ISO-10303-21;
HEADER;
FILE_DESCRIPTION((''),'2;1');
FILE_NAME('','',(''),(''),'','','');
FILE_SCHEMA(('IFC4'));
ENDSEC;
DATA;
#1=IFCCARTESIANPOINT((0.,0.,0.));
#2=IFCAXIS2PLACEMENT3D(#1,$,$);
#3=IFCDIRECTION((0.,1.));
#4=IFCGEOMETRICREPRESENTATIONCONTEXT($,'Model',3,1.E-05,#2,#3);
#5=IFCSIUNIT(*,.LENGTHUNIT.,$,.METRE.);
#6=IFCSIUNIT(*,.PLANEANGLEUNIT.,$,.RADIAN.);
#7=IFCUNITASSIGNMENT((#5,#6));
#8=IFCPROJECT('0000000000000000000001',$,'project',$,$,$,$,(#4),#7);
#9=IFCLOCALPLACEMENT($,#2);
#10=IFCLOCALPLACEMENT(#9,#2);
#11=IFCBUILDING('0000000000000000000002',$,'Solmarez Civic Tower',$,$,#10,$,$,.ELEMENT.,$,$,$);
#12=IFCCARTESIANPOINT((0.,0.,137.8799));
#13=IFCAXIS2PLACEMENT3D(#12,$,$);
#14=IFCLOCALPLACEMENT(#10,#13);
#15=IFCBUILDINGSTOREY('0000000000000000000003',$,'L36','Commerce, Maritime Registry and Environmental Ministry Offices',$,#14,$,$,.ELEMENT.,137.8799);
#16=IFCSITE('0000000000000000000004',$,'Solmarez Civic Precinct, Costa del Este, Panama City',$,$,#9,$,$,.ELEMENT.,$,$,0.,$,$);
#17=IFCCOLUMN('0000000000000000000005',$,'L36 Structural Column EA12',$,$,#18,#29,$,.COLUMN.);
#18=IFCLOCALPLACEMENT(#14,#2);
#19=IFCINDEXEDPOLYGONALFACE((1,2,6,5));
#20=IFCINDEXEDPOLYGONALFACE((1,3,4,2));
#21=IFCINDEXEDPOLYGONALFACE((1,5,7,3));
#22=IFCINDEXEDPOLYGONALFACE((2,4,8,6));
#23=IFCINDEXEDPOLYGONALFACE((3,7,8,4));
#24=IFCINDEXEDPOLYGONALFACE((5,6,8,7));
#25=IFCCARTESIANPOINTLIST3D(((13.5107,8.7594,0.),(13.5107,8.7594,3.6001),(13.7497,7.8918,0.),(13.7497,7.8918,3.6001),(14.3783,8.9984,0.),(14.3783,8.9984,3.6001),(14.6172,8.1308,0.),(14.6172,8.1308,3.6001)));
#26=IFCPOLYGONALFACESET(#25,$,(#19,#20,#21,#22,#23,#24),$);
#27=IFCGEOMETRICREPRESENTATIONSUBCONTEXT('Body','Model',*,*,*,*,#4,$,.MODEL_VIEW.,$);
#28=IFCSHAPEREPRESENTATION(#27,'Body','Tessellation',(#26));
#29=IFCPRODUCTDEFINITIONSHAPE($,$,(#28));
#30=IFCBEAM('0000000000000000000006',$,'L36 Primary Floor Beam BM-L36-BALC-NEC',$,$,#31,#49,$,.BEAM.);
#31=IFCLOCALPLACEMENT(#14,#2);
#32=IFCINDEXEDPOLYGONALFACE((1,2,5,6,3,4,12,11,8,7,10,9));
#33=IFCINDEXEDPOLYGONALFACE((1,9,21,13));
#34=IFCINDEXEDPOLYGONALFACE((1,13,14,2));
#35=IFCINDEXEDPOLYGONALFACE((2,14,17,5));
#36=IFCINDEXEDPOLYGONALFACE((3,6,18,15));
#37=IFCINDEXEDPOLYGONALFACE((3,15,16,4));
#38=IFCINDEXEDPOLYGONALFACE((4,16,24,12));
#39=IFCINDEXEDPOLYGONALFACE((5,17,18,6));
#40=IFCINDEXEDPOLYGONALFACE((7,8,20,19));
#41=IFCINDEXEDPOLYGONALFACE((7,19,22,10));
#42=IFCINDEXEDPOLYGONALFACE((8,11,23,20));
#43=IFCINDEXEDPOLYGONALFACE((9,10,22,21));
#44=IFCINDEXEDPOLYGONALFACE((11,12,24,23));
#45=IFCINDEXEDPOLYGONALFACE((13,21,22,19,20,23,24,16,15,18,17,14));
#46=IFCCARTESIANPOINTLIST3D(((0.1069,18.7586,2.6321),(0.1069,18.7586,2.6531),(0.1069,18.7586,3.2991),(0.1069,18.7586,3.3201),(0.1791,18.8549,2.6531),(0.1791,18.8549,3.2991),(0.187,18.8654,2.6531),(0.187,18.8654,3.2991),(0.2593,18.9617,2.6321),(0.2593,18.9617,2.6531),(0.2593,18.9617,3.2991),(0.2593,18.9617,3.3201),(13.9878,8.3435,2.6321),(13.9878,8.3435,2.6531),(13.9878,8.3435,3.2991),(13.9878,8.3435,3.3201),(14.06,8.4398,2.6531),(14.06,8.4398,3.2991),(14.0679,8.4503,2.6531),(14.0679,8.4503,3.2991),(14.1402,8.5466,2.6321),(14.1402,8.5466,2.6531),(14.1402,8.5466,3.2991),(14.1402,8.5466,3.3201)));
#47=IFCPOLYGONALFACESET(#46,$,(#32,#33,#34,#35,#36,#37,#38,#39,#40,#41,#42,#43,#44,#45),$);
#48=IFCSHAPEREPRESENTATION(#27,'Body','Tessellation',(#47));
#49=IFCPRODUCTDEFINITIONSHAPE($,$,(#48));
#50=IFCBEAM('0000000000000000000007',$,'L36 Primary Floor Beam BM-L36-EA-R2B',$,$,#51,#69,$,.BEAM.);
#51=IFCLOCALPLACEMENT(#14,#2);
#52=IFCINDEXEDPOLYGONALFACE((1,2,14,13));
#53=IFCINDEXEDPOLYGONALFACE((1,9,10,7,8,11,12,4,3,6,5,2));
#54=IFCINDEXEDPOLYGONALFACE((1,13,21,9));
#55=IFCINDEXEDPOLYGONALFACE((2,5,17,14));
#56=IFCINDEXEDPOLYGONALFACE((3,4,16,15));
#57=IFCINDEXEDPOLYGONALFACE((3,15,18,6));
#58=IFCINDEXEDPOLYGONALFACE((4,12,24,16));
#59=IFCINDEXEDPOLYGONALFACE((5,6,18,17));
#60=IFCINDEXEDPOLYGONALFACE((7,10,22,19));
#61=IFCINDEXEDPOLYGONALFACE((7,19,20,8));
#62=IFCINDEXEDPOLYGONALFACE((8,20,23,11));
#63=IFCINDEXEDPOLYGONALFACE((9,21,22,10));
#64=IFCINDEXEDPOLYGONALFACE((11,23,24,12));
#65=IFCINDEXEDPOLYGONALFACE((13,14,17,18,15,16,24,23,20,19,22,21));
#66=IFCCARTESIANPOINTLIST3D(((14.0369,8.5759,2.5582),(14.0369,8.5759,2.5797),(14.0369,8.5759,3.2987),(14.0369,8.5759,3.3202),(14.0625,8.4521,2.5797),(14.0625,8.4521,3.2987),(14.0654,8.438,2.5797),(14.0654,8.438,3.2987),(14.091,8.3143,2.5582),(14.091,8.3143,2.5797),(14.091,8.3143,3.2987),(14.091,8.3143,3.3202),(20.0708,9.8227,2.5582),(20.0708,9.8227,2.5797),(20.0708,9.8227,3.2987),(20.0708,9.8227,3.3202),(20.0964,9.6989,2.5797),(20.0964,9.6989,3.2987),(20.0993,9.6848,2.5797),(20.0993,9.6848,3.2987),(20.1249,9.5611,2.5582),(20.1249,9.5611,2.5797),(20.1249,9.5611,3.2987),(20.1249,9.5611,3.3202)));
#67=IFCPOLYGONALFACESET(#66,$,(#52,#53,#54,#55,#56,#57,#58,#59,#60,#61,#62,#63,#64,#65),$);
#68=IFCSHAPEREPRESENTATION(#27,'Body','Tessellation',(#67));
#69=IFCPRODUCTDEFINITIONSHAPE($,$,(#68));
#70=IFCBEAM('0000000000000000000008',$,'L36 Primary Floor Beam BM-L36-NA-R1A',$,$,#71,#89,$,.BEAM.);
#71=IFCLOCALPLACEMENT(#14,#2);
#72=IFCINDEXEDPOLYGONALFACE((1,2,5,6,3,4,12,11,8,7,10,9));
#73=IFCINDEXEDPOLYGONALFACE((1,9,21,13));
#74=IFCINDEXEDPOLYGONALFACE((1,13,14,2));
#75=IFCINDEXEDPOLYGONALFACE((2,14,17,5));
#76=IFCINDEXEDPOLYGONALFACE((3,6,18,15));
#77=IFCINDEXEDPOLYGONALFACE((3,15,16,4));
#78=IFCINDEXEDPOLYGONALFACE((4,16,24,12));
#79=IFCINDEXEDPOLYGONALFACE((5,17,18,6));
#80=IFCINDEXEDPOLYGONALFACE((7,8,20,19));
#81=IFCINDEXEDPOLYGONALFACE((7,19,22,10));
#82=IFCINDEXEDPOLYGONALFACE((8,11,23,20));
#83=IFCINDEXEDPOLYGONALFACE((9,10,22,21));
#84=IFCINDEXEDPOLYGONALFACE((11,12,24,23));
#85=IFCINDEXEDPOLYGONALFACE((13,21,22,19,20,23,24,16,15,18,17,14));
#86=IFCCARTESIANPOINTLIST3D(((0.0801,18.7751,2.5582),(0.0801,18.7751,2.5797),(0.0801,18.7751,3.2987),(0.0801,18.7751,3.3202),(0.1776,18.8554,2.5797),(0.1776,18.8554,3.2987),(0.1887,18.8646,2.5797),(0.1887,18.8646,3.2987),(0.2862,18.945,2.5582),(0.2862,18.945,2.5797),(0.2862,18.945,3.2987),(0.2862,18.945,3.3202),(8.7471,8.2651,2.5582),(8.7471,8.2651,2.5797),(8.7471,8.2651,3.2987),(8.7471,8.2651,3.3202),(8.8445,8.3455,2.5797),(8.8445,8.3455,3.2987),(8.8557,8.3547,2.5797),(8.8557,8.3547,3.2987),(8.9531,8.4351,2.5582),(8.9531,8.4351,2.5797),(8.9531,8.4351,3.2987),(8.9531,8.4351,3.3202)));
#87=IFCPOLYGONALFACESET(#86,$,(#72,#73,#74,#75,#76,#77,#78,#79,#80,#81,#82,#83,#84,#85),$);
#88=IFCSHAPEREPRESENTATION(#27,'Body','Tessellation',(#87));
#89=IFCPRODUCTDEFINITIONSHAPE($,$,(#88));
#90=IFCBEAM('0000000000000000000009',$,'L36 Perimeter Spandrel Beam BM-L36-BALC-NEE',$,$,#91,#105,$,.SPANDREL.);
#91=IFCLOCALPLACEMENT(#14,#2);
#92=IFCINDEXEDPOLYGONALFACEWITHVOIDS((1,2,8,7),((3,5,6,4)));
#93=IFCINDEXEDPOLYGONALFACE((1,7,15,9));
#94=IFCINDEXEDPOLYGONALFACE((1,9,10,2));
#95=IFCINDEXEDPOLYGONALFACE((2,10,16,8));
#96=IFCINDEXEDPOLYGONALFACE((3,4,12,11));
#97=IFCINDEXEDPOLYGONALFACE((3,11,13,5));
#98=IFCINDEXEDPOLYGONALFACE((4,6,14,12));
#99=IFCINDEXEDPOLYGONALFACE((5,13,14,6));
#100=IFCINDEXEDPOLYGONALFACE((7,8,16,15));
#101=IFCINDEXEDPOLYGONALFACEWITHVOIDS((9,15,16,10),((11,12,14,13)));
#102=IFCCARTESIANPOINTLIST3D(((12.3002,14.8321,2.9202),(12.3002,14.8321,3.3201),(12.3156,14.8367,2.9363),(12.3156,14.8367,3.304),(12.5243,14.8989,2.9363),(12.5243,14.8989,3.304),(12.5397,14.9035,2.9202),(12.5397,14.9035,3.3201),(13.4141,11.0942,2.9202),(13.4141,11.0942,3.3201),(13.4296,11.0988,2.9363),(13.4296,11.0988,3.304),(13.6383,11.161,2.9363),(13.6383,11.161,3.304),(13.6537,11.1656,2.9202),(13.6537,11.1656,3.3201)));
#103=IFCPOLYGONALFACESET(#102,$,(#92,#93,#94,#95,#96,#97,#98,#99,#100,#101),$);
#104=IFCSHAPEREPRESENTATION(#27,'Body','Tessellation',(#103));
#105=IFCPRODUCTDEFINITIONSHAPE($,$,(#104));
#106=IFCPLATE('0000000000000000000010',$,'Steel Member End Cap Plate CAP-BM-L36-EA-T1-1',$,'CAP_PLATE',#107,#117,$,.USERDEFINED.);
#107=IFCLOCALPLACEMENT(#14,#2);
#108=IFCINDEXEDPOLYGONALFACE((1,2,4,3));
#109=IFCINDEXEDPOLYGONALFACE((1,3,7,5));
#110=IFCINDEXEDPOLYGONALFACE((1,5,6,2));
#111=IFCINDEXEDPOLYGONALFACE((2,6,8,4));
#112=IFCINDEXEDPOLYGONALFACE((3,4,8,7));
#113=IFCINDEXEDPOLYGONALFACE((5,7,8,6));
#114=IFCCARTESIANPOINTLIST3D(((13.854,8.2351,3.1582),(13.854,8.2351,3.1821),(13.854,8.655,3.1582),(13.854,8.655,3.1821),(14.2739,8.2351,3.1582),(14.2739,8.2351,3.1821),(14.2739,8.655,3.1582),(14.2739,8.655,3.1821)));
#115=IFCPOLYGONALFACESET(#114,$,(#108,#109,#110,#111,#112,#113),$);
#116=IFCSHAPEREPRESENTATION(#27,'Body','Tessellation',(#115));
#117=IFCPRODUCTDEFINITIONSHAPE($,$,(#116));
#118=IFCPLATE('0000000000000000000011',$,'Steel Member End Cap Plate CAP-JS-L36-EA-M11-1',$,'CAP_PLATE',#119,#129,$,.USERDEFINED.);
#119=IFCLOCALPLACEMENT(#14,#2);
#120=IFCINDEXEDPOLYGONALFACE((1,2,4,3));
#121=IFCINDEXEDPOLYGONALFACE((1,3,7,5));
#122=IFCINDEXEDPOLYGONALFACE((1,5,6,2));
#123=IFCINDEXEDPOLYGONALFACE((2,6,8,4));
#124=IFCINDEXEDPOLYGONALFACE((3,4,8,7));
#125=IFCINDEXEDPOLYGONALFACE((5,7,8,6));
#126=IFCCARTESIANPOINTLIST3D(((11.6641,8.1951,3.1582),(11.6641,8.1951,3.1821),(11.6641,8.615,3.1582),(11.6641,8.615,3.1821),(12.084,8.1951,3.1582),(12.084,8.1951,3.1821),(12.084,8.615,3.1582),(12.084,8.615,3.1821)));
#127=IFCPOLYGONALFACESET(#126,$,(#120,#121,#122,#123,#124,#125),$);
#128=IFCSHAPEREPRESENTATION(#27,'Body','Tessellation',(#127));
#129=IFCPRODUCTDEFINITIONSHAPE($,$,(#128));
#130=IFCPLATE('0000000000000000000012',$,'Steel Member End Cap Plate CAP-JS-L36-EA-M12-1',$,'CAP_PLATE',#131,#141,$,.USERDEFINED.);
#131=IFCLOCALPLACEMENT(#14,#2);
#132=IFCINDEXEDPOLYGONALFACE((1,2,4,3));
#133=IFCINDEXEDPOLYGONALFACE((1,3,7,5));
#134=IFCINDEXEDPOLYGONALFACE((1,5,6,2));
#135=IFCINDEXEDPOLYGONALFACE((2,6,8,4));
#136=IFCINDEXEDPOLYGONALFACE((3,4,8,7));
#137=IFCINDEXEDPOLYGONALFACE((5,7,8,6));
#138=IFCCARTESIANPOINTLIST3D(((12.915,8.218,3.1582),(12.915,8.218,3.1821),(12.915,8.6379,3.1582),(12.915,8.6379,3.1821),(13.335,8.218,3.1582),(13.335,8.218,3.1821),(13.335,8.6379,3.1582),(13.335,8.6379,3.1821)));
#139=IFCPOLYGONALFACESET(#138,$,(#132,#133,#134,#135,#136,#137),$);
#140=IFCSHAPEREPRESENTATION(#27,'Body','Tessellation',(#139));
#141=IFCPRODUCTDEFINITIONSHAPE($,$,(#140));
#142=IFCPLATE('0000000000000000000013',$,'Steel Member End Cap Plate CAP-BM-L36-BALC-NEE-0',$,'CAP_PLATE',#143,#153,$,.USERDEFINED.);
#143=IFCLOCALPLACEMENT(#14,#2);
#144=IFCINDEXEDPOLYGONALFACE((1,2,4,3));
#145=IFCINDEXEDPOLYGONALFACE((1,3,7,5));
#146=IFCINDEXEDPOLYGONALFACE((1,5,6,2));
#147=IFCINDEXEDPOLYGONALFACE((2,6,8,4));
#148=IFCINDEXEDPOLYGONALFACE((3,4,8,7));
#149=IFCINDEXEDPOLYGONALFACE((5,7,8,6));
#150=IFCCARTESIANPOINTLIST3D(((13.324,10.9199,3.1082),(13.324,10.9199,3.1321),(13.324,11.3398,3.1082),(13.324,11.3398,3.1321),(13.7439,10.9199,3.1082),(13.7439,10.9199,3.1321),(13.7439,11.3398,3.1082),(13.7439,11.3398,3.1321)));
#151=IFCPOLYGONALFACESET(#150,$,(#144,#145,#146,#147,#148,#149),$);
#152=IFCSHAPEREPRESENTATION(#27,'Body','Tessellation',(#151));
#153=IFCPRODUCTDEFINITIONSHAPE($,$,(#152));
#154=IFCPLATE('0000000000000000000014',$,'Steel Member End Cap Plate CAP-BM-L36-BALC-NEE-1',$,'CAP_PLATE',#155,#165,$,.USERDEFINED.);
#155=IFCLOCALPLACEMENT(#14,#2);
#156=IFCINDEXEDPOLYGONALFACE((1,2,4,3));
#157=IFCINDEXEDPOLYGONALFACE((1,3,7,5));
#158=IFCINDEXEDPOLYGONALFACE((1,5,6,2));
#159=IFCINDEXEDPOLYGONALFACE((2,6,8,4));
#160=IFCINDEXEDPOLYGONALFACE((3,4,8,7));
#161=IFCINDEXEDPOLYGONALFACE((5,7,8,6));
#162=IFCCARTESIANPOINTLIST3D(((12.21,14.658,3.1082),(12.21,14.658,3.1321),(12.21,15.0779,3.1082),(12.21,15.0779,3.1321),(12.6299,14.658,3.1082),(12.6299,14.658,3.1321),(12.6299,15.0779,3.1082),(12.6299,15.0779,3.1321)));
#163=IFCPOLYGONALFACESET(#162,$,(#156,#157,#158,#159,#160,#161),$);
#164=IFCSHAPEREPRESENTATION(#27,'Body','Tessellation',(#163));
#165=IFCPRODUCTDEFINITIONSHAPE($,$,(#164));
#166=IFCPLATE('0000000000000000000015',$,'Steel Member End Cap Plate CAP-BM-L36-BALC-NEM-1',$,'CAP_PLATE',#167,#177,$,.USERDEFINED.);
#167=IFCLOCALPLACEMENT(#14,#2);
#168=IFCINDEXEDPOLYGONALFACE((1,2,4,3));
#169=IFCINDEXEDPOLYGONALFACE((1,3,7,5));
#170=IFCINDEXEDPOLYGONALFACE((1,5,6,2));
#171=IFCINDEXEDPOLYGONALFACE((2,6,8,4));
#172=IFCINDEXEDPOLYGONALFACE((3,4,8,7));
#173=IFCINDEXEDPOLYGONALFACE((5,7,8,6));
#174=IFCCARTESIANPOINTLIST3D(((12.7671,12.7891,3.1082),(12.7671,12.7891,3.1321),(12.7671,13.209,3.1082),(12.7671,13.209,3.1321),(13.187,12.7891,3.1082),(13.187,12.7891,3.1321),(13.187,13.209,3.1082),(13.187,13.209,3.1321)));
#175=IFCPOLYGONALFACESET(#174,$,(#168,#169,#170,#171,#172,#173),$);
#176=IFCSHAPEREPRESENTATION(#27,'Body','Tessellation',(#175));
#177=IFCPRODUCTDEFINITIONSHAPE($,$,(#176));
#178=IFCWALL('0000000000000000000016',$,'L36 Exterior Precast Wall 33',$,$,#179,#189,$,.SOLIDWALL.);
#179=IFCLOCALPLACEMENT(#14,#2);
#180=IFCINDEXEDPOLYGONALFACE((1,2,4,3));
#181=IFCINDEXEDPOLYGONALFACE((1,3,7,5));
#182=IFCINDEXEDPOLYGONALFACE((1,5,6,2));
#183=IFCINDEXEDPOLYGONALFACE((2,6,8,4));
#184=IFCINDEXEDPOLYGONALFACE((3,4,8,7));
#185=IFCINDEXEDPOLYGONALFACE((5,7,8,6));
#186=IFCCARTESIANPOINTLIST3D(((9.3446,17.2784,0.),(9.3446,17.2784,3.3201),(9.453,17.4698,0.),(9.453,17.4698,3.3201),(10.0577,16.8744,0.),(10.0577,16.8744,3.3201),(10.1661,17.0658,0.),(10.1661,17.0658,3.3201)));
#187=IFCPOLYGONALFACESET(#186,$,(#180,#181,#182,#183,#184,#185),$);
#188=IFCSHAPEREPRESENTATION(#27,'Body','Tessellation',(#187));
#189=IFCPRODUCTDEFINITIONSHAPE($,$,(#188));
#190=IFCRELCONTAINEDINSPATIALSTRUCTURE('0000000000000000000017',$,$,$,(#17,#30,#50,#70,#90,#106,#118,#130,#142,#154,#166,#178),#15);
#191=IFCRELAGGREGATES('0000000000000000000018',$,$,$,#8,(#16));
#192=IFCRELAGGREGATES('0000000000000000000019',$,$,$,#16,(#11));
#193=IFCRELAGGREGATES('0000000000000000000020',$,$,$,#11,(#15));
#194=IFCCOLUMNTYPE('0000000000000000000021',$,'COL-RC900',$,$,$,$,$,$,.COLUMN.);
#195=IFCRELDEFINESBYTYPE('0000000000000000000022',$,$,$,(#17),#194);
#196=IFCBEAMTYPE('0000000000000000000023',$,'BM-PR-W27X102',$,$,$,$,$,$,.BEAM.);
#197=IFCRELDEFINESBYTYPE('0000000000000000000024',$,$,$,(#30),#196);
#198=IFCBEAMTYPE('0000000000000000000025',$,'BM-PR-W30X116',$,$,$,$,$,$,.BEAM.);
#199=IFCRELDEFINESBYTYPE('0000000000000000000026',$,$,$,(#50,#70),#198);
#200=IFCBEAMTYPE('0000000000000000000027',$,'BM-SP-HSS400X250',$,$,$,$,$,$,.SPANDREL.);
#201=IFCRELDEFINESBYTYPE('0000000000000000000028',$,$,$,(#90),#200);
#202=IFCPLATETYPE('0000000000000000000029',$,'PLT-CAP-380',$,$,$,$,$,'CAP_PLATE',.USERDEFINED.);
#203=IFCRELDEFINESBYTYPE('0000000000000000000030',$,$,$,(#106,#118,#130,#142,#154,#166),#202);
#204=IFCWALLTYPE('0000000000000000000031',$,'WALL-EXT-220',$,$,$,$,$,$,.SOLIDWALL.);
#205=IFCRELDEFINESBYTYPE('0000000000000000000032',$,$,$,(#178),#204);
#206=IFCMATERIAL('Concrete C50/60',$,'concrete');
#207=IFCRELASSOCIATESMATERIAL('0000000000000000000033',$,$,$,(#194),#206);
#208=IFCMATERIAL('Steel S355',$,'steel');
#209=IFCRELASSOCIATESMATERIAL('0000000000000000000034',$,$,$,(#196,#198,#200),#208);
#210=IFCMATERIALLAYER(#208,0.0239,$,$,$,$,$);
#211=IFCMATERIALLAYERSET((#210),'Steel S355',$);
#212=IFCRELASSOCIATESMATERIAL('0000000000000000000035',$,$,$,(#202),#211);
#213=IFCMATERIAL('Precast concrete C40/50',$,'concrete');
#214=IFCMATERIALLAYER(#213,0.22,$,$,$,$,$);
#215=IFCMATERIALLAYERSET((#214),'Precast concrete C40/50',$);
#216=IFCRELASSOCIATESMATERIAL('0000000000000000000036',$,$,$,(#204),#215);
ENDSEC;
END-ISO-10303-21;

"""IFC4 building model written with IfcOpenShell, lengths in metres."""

from ifc_helpers import new_model, si_unit, direction, frame, frame_2d, origin, origin_2d, place, context, subcontext, project, spatial, rectangle, hollow_rectangle, i_section, extrude, material, layer, layer_set, material_profile, profile_set, type_object, element, save


model = new_model("IFC4")

# Units and contexts
model_context = context("Model", 3, precision=1e-05, world=origin(), true_north=direction((0.0, 1.0)))
body_context = subcontext(model_context, "Body", "Model", "MODEL_VIEW")
ifc_project = project(units=[si_unit("LENGTHUNIT", "METRE"), si_unit("PLANEANGLEUNIT", "RADIAN")], contexts=[model_context])

# Site, building, storey
site_placement = place(None, origin())
site = spatial("IfcSite", under=ifc_project, at=site_placement, Name="Solmarez Civic Precinct, Costa del Este, Panama City", CompositionType="ELEMENT", RefElevation=0.0)
building_placement = place(site_placement, origin())
building = spatial("IfcBuilding", under=site, at=building_placement, Name="Solmarez Civic Tower", CompositionType="ELEMENT")
storey_placement = place(building_placement, frame((0.0, 0.0, 137.8799)))
storey = spatial("IfcBuildingStorey", under=building, at=storey_placement, Name="L36", Description="Commerce, Maritime Registry and Environmental Ministry Offices", CompositionType="ELEMENT", Elevation=137.8799)

# Column
ifc_material_1 = material(Name="Concrete C50/60", Category="concrete")
ifc_material_profile_1 = material_profile(ifc_material_1, rectangle(XDim=0.8999, YDim=0.8999, at=origin_2d()), Name="RC900X900")
ifc_profile_set_1 = profile_set([ifc_material_profile_1], Name="Concrete C50/60")
column_type = type_object("IfcColumnType", Name="COL-RC900", PredefinedType="COLUMN", material=ifc_profile_set_1)
column_placement = place(storey_placement, frame((14.064, 8.4451, 0.0), z_axis=(0.0, 0.0, 1.0), x_axis=(0.964095, 0.265556, 0.0)))
element("IfcColumn", 1, at=column_placement, inside=storey, type_object=column_type, Name="L36 Structural Column EA12", PredefinedType="COLUMN", context=body_context, shape_type="SweptSolid", body=[
    extrude(rectangle(XDim=0.8999, YDim=0.8999, at=origin_2d()), origin(), (0.0, 0.0, 1.0), 3.6001),
])

# Beams
ifc_material_2 = material(Name="Steel S355", Category="steel")
ifc_material_profile_2 = material_profile(ifc_material_2, i_section(OverallWidth=0.2539, OverallDepth=0.688, WebThickness=0.0132, FlangeThickness=0.021, at=origin_2d()), Name="W27X102")
ifc_profile_set_2 = profile_set([ifc_material_profile_2], Name="Steel S355")
beam_type_1 = type_object("IfcBeamType", Name="BM-PR-W27X102", PredefinedType="BEAM", material=ifc_profile_set_2)
beam_1_placement = place(storey_placement, frame((14.064, 8.4451, 2.9761), z_axis=(-0.799878, 0.600162, 0.0), x_axis=(-0.600162, -0.799878, 0.0)))
element("IfcBeam", 2, at=beam_1_placement, inside=storey, type_object=beam_type_1, Name="L36 Primary Floor Beam BM-L36-BALC-NEC", PredefinedType="BEAM", context=body_context, shape_type="SweptSolid", body=[
    extrude(i_section(OverallWidth=0.2539, OverallDepth=0.688, WebThickness=0.0132, FlangeThickness=0.021, at=origin_2d()), origin(), (0.0, 0.0, 1.0), 17.3538),
])
ifc_material_profile_3 = material_profile(ifc_material_2, i_section(OverallWidth=0.2671, OverallDepth=0.762, WebThickness=0.0144, FlangeThickness=0.0215, at=origin_2d()), Name="W30X116")
ifc_profile_set_3 = profile_set([ifc_material_profile_3], Name="Steel S355")
beam_type_2 = type_object("IfcBeamType", Name="BM-PR-W30X116", PredefinedType="BEAM", material=ifc_profile_set_3)
beam_2_placement = place(storey_placement, frame((14.064, 8.4451, 2.9392), z_axis=(0.979311, 0.202361, 0.0), x_axis=(-0.202361, 0.979311, 0.0)))
element("IfcBeam", 3, at=beam_2_placement, inside=storey, type_object=beam_type_2, Name="L36 Primary Floor Beam BM-L36-EA-R2B", PredefinedType="BEAM", context=body_context, shape_type="SweptSolid", body=[
    extrude(i_section(OverallWidth=0.2671, OverallDepth=0.762, WebThickness=0.0144, FlangeThickness=0.0215, at=origin_2d()), origin(), (0.0, 0.0, 1.0), 6.1614),
])
beam_3_placement = place(storey_placement, frame((8.8501, 8.3501, 2.9392), z_axis=(-0.636218, 0.771509, 0.0), x_axis=(-0.771509, -0.636218, 0.0)))
element("IfcBeam", 4, at=beam_3_placement, inside=storey, type_object=beam_type_2, Name="L36 Primary Floor Beam BM-L36-NA-R1A", PredefinedType="BEAM", context=body_context, shape_type="SweptSolid", body=[
    extrude(i_section(OverallWidth=0.2671, OverallDepth=0.762, WebThickness=0.0144, FlangeThickness=0.0215, at=origin_2d()), origin(), (0.0, 0.0, 1.0), 13.6226),
])
ifc_material_profile_4 = material_profile(ifc_material_2, hollow_rectangle(XDim=0.25, YDim=0.3999, WallThickness=0.0161, at=origin_2d()), Name="HSS400X250X16")
ifc_profile_set_4 = profile_set([ifc_material_profile_4], Name="Steel S355")
beam_type_3 = type_object("IfcBeamType", Name="BM-SP-HSS400X250", PredefinedType="SPANDREL", material=ifc_profile_set_4)
beam_4_placement = place(storey_placement, frame((13.5339, 11.1299, 3.1201), z_axis=(-0.285607, 0.958347, 0.0), x_axis=(-0.958347, -0.285607, 0.0)))
element("IfcBeam", 5, at=beam_4_placement, inside=storey, type_object=beam_type_3, Name="L36 Perimeter Spandrel Beam BM-L36-BALC-NEE", PredefinedType="SPANDREL", context=body_context, shape_type="SweptSolid", body=[
    extrude(hollow_rectangle(XDim=0.25, YDim=0.3999, WallThickness=0.0161, at=origin_2d()), origin(), (0.0, 0.0, 1.0), 3.9004),
])

# Plates
ifc_layer_1 = layer(ifc_material_2, 0.0239)
ifc_layer_set_1 = layer_set([ifc_layer_1], Name="Steel S355")
plate_type = type_object("IfcPlateType", Name="PLT-CAP-380", ElementType="CAP_PLATE", PredefinedType="USERDEFINED", material=ifc_layer_set_1)
for number, where, z_axis, x_axis, name in (
    (6, (14.064, 8.4451, 3.1582), (0.0, 0.0, 1.0), (1.0, 0.0, 0.0), "Steel Member End Cap Plate CAP-BM-L36-EA-T1-1"),
    (7, (11.874, 8.405, 3.1582), (0.0, 0.0, 1.0), (1.0, 0.0, 0.0), "Steel Member End Cap Plate CAP-JS-L36-EA-M11-1"),
    (8, (13.125, 8.428, 3.1582), (0.0, 0.0, 1.0), (1.0, 0.0, 0.0), "Steel Member End Cap Plate CAP-JS-L36-EA-M12-1"),
    (9, (13.5339, 11.1299, 3.1082), (0.0, 0.0, 1.0), (1.0, 0.0, 0.0), "Steel Member End Cap Plate CAP-BM-L36-BALC-NEE-0"),
    (10, (12.4199, 14.8679, 3.1082), (0.0, 0.0, 1.0), (1.0, 0.0, 0.0), "Steel Member End Cap Plate CAP-BM-L36-BALC-NEE-1"),
    (11, (12.9771, 12.999, 3.1082), (0.0, 0.0, 1.0), (1.0, 0.0, 0.0), "Steel Member End Cap Plate CAP-BM-L36-BALC-NEM-1"),
):
    element("IfcPlate", number, at=place(storey_placement, frame(where, z_axis=z_axis, x_axis=x_axis)), inside=storey, type_object=plate_type, Name=name, ObjectType="CAP_PLATE", PredefinedType="USERDEFINED", context=body_context, shape_type="SweptSolid", body=[
        extrude(rectangle(XDim=0.4199, YDim=0.4199, at=origin_2d()), origin(), (0.0, 0.0, 1.0), 0.0239),
    ])

# Wall
ifc_material_3 = material(Name="Precast concrete C40/50", Category="concrete")
ifc_layer_2 = layer(ifc_material_3, 0.22)
ifc_layer_set_2 = layer_set([ifc_layer_2], Name="Precast concrete C40/50")
wall_type_1 = type_object("IfcWallType", Name="WALL-EXT-220", PredefinedType="SOLIDWALL", material=ifc_layer_set_2)
wall_1_placement = place(storey_placement, frame((9.3989, 17.374, 0.0), z_axis=(0.0, 0.0, 1.0), x_axis=(0.870052, -0.49296, 0.0)))
element("IfcWall", 12, at=wall_1_placement, inside=storey, type_object=wall_type_1, Name="L36 Exterior Precast Wall 33", PredefinedType="SOLIDWALL", context=body_context, shape_type="SweptSolid", body=[
    extrude(rectangle(XDim=0.8196, YDim=0.22, at=frame_2d((0.4097, 0.0))), origin(), (0.0, 0.0, 1.0), 3.3201),
])

save(model, "model.ifc")
